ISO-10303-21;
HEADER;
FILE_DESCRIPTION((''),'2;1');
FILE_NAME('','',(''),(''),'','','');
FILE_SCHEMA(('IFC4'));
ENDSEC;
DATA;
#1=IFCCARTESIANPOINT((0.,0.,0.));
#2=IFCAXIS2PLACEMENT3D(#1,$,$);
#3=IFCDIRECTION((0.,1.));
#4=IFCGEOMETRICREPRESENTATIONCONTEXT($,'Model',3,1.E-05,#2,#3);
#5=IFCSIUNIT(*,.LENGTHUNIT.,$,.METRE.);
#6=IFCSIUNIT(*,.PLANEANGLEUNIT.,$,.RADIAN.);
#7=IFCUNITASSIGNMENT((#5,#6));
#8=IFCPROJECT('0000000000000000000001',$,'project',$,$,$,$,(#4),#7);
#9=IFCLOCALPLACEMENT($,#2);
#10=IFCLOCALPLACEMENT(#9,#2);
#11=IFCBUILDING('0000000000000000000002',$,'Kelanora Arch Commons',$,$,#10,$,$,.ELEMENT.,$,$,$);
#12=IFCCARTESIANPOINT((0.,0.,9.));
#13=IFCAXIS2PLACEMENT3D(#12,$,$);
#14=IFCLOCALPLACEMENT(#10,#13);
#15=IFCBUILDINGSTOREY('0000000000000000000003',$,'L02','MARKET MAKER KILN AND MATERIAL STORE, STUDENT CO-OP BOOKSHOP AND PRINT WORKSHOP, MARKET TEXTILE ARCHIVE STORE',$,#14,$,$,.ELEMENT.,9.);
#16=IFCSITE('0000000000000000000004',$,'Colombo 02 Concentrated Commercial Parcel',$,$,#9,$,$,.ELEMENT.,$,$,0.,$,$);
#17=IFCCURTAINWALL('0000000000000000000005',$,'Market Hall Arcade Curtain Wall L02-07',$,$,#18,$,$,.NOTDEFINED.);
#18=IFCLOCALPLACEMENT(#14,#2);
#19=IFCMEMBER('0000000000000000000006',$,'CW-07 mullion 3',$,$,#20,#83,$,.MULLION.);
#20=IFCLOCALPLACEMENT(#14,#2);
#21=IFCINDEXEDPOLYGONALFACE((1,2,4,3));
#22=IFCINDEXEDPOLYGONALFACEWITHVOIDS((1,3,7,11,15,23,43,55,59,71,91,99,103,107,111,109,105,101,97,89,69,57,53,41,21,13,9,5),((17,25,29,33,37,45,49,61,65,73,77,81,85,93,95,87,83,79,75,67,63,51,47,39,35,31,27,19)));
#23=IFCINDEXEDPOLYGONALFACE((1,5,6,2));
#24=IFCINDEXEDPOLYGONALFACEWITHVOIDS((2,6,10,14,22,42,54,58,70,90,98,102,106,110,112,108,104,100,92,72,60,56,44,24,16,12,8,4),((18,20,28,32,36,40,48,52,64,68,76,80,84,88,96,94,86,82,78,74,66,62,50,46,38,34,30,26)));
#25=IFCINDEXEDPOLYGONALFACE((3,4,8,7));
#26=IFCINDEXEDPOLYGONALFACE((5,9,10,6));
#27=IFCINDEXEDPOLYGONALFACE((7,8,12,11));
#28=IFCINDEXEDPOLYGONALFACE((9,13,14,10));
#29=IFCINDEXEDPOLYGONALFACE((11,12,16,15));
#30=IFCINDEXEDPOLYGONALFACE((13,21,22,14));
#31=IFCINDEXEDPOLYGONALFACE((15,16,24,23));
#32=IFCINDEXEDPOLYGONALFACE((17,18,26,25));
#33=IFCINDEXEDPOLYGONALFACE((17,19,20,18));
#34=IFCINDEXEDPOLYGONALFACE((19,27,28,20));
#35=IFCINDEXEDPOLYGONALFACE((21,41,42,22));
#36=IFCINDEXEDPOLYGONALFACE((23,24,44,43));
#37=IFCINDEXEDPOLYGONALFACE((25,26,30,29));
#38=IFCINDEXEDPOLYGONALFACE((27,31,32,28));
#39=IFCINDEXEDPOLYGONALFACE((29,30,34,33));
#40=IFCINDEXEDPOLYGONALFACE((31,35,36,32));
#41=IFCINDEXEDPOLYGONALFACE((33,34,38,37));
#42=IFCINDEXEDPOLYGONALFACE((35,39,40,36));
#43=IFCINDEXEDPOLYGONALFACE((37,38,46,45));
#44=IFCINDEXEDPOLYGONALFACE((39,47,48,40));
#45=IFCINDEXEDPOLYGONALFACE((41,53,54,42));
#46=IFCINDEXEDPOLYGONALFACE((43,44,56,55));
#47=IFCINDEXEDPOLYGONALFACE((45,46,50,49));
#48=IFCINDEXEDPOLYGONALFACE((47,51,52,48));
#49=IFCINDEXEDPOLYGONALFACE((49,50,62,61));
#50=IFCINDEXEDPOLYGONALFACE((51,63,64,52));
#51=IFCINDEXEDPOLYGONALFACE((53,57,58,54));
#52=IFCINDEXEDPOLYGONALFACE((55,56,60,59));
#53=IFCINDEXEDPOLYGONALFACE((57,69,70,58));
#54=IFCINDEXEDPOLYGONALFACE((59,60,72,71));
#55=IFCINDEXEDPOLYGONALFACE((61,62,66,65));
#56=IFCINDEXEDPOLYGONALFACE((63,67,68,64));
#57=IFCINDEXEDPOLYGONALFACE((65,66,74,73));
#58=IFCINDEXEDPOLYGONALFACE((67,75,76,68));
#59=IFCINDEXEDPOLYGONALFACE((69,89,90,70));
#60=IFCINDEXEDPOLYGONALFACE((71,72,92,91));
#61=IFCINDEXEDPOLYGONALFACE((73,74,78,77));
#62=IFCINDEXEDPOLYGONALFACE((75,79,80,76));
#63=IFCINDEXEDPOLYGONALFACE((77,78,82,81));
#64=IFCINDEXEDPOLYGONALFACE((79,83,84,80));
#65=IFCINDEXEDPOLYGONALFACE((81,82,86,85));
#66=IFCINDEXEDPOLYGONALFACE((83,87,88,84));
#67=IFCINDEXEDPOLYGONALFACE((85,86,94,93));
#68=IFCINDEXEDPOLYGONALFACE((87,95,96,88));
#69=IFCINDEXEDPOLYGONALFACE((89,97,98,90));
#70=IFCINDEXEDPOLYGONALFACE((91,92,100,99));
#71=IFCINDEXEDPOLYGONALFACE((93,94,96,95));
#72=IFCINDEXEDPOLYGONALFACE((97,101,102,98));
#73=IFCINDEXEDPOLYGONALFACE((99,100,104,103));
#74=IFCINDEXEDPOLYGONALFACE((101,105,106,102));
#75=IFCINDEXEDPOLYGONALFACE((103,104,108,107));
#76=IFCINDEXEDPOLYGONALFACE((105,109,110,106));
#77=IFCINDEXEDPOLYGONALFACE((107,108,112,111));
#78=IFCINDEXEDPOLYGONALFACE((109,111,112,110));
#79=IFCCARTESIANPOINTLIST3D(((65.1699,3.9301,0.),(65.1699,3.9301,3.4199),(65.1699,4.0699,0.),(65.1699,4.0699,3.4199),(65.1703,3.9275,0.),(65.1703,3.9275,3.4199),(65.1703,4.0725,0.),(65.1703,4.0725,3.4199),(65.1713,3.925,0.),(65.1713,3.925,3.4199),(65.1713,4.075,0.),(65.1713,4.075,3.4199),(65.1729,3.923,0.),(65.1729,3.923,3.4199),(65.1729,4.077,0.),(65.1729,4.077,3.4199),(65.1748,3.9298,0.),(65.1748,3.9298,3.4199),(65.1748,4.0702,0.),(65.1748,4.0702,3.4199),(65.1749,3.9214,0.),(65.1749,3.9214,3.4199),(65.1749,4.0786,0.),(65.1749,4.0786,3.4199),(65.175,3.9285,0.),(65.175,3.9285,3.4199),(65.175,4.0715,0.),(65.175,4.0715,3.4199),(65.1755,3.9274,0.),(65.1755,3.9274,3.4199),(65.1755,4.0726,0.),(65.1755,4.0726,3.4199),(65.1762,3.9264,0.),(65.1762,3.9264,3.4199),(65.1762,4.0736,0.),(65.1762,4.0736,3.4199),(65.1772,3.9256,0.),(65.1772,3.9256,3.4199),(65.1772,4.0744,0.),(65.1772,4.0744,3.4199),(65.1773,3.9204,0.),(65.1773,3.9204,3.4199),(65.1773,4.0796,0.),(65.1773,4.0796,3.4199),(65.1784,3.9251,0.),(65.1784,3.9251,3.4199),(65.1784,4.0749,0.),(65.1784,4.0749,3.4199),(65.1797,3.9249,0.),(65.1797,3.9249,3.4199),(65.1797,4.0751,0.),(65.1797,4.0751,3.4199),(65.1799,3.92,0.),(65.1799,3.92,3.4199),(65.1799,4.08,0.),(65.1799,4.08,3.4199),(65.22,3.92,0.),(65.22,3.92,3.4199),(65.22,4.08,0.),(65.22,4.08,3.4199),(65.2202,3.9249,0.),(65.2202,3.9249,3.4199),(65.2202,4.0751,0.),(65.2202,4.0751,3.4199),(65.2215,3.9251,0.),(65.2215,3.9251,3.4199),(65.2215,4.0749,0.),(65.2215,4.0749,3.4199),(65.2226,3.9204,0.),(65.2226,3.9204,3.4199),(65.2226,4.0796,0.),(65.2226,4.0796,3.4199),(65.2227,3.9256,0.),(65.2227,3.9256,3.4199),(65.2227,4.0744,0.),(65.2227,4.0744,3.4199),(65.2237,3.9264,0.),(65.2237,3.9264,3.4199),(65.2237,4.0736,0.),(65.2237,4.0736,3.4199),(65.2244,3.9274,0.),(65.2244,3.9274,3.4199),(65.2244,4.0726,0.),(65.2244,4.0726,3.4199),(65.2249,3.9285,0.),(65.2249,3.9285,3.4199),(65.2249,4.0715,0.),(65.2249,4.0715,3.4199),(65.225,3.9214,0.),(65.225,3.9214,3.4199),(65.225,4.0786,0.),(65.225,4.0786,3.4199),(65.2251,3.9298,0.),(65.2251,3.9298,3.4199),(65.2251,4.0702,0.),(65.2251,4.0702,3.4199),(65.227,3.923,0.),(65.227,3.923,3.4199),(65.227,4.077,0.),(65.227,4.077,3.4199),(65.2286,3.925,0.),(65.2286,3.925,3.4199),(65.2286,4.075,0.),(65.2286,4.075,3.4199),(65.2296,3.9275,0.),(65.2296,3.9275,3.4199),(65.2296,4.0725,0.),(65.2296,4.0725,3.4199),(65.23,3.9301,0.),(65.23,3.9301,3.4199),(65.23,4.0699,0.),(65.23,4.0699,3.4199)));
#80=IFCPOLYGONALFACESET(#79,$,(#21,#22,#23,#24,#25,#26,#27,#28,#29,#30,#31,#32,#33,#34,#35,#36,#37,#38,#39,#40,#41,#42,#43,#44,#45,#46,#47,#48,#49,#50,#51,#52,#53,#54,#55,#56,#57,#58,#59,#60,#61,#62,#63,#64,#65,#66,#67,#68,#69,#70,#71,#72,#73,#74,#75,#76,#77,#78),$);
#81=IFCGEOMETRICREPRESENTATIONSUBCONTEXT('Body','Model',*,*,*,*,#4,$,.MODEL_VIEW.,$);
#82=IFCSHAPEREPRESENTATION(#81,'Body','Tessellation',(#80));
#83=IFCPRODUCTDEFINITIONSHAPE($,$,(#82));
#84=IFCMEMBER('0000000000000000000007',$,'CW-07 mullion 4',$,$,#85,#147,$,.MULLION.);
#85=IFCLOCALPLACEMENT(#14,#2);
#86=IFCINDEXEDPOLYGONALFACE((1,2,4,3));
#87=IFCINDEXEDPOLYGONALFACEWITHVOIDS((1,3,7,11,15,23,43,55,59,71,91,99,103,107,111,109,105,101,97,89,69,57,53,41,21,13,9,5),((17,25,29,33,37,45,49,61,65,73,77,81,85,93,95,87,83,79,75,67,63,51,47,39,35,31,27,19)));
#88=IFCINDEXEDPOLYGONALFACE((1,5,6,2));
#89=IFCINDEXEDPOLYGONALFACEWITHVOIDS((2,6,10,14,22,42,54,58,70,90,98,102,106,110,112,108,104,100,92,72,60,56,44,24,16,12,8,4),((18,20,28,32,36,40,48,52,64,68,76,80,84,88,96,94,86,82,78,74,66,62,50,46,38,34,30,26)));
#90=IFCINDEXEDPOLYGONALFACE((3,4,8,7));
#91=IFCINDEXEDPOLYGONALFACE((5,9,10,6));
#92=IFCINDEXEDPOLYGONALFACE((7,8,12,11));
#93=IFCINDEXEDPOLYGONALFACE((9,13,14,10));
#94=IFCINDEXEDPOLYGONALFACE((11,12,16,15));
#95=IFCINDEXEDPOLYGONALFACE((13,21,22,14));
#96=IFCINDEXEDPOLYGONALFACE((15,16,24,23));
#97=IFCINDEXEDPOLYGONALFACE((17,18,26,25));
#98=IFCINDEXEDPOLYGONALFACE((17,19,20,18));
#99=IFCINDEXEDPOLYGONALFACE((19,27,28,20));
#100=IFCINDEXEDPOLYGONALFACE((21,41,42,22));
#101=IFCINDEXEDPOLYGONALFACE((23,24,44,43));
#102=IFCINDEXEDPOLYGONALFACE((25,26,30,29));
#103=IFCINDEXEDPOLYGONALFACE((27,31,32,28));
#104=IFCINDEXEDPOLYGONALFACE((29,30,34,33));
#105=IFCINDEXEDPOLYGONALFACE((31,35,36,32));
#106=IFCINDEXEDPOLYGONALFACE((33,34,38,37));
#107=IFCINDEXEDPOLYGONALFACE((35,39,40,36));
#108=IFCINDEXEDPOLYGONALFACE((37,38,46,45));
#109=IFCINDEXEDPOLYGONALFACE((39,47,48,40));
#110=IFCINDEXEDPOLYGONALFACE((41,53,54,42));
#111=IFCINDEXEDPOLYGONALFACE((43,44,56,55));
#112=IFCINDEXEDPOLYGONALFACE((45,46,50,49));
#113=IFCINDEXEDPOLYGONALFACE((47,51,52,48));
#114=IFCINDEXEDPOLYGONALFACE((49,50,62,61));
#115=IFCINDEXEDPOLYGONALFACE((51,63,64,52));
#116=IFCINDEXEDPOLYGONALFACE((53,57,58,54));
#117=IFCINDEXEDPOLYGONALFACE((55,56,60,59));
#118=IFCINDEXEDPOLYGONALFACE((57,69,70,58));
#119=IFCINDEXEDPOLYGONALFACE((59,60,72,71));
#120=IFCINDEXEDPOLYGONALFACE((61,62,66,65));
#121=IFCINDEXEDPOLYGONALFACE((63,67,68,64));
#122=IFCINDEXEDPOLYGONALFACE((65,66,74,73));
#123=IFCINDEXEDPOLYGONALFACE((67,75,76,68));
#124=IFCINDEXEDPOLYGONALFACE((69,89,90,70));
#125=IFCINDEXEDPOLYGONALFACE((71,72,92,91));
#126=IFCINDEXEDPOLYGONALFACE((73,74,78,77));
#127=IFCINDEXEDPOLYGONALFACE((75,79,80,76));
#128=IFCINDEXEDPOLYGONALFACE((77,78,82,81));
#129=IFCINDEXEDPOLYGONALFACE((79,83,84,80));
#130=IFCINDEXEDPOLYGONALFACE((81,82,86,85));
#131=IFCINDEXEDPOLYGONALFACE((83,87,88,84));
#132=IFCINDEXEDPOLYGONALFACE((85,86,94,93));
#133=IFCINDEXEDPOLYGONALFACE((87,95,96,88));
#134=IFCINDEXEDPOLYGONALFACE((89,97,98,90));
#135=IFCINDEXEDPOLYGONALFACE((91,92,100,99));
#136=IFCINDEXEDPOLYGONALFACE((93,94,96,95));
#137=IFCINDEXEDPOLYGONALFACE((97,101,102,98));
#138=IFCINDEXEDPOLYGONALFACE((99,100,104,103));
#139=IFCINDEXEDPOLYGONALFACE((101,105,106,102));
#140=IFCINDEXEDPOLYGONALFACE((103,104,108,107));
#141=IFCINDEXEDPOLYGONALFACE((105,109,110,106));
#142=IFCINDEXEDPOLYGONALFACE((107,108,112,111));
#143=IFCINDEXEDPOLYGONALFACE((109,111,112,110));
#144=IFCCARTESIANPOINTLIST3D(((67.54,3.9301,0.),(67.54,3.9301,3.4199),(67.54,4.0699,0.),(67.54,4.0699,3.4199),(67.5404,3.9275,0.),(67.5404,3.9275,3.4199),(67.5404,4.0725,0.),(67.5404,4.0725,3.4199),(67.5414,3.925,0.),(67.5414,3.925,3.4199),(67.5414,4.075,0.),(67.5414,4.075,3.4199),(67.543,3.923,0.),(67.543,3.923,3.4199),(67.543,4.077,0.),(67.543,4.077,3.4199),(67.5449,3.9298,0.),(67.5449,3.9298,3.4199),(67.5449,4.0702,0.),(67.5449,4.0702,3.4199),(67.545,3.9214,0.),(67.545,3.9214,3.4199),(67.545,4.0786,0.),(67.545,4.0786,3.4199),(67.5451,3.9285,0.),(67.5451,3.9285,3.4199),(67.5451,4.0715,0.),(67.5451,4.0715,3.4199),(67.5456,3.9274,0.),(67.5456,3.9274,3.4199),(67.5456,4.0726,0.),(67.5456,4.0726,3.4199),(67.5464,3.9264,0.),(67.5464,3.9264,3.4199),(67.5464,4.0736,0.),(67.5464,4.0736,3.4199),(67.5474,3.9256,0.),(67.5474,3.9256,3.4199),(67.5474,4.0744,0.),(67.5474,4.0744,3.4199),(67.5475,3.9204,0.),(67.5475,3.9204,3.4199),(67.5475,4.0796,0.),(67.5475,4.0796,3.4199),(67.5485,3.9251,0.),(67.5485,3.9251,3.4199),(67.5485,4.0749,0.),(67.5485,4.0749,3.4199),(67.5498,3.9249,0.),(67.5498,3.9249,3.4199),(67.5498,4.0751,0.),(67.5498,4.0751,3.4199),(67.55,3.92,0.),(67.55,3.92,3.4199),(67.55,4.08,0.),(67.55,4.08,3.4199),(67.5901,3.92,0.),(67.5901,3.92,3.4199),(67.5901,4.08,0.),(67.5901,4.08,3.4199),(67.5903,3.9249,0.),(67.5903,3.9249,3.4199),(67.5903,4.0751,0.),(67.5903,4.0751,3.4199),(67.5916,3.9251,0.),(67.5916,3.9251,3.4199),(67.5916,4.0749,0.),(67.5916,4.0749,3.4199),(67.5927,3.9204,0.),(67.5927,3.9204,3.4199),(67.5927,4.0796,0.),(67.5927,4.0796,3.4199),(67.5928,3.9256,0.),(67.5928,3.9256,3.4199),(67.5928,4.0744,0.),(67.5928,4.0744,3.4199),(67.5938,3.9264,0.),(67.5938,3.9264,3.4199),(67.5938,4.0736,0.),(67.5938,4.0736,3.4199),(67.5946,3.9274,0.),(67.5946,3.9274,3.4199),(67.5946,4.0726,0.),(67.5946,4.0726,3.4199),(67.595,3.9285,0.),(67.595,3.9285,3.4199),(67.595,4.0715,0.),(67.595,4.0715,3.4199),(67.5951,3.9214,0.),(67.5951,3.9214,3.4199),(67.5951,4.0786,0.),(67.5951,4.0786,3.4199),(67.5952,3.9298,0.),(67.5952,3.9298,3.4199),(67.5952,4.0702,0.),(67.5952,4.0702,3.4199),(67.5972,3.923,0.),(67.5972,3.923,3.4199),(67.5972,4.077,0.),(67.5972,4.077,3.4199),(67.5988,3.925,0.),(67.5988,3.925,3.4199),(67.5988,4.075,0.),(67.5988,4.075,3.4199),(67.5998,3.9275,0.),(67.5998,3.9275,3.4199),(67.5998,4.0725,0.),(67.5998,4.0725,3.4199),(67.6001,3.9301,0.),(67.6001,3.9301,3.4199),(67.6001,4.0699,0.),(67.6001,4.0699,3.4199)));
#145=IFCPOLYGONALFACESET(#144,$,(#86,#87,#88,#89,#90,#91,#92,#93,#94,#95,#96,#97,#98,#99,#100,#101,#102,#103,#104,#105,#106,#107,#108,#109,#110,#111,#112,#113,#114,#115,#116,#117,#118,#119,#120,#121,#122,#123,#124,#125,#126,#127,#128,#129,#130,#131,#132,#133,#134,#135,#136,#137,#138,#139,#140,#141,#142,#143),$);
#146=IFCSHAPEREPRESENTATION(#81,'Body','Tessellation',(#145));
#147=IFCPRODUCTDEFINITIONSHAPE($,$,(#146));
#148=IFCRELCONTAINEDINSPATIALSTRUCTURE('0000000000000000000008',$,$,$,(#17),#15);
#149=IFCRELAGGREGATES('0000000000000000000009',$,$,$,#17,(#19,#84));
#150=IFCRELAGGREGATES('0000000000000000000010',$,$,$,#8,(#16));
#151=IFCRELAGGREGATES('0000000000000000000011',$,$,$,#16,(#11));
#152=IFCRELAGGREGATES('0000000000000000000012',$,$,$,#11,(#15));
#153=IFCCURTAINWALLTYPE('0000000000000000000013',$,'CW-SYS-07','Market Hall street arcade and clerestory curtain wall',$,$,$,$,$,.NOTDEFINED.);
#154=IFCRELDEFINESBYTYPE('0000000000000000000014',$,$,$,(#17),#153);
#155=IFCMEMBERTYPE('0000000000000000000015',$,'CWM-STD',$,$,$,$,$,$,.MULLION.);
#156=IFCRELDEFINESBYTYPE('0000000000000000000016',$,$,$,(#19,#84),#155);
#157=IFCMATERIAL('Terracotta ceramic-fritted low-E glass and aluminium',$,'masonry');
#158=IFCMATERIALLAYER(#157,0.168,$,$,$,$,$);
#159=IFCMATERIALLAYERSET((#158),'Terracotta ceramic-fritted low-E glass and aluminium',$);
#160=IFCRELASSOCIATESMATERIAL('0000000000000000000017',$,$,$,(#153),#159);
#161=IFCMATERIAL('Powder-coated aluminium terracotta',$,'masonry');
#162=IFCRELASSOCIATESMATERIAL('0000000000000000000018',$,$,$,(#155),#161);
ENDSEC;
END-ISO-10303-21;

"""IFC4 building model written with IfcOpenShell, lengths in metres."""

from ifc_helpers import new_model, si_unit, direction, frame, origin, origin_2d, place, context, subcontext, project, spatial, hollow_rectangle, extrude, material, layer, layer_set, material_profile, profile_set, type_object, element, aggregate, save


model = new_model("IFC4")

# Units and contexts
model_context = context("Model", 3, precision=1e-05, world=origin(), true_north=direction((0.0, 1.0)))
body_context = subcontext(model_context, "Body", "Model", "MODEL_VIEW")
ifc_project = project(units=[si_unit("LENGTHUNIT", "METRE"), si_unit("PLANEANGLEUNIT", "RADIAN")], contexts=[model_context])

# Site, building, storey
site_placement = place(None, origin())
site = spatial("IfcSite", under=ifc_project, at=site_placement, Name="Colombo 02 Concentrated Commercial Parcel", CompositionType="ELEMENT", RefElevation=0.0)
building_placement = place(site_placement, origin())
building = spatial("IfcBuilding", under=site, at=building_placement, Name="Kelanora Arch Commons", CompositionType="ELEMENT")
storey_placement = place(building_placement, frame((0.0, 0.0, 9.0)))
storey = spatial("IfcBuildingStorey", under=building, at=storey_placement, Name="L02", Description="MARKET MAKER KILN AND MATERIAL STORE, STUDENT CO-OP BOOKSHOP AND PRINT WORKSHOP, MARKET TEXTILE ARCHIVE STORE", CompositionType="ELEMENT", Elevation=9.0)

# Curtain wall, members
ifc_material_1 = material(Name="Terracotta ceramic-fritted low-E glass and aluminium", Category="masonry")
ifc_layer_1 = layer(ifc_material_1, 0.168)
ifc_layer_set_1 = layer_set([ifc_layer_1], Name="Terracotta ceramic-fritted low-E glass and aluminium")
curtain_wall_type = type_object("IfcCurtainWallType", Name="CW-SYS-07", Description="Market Hall street arcade and clerestory curtain wall", PredefinedType="NOTDEFINED", material=ifc_layer_set_1)
curtain_wall_placement = place(storey_placement, origin())
curtain_wall = element("IfcCurtainWall", 1, at=curtain_wall_placement, inside=storey, type_object=curtain_wall_type, Name="Market Hall Arcade Curtain Wall L02-07", PredefinedType="NOTDEFINED")
ifc_material_2 = material(Name="Powder-coated aluminium terracotta", Category="masonry")
ifc_material_profile_1 = material_profile(ifc_material_2, hollow_rectangle(XDim=0.1599, YDim=0.0601, WallThickness=0.0049, InnerFilletRadius=0.0049, OuterFilletRadius=0.01, at=origin_2d()), Name="CWM160x60")
ifc_profile_set_1 = profile_set([ifc_material_profile_1], Name="Powder-coated aluminium terracotta")
member_type_1 = type_object("IfcMemberType", Name="CWM-STD", PredefinedType="MULLION", material=ifc_profile_set_1)
member_1_placement = place(storey_placement, frame((65.2, 4.0, 0.0), z_axis=(0.0, 0.0, 1.0), x_axis=(0.0, 1.0, 0.0)))
member_1 = element("IfcMember", 2, at=member_1_placement, type_object=member_type_1, Name="CW-07 mullion 3", PredefinedType="MULLION", context=body_context, shape_type="SweptSolid", body=[
    extrude(hollow_rectangle(XDim=0.1599, YDim=0.0601, WallThickness=0.0049, InnerFilletRadius=0.0049, OuterFilletRadius=0.01, at=origin_2d()), origin(), (0.0, 0.0, 1.0), 3.4199),
])
member_2_placement = place(storey_placement, frame((67.5701, 4.0, 0.0), z_axis=(0.0, 0.0, 1.0), x_axis=(0.0, 1.0, 0.0)))
member_2 = element("IfcMember", 3, at=member_2_placement, type_object=member_type_1, Name="CW-07 mullion 4", PredefinedType="MULLION", context=body_context, shape_type="SweptSolid", body=[
    extrude(hollow_rectangle(XDim=0.1599, YDim=0.0601, WallThickness=0.0049, InnerFilletRadius=0.0049, OuterFilletRadius=0.01, at=origin_2d()), origin(), (0.0, 0.0, 1.0), 3.4199),
])

aggregate(curtain_wall, [member_1, member_2])

save(model, "model.ifc")
